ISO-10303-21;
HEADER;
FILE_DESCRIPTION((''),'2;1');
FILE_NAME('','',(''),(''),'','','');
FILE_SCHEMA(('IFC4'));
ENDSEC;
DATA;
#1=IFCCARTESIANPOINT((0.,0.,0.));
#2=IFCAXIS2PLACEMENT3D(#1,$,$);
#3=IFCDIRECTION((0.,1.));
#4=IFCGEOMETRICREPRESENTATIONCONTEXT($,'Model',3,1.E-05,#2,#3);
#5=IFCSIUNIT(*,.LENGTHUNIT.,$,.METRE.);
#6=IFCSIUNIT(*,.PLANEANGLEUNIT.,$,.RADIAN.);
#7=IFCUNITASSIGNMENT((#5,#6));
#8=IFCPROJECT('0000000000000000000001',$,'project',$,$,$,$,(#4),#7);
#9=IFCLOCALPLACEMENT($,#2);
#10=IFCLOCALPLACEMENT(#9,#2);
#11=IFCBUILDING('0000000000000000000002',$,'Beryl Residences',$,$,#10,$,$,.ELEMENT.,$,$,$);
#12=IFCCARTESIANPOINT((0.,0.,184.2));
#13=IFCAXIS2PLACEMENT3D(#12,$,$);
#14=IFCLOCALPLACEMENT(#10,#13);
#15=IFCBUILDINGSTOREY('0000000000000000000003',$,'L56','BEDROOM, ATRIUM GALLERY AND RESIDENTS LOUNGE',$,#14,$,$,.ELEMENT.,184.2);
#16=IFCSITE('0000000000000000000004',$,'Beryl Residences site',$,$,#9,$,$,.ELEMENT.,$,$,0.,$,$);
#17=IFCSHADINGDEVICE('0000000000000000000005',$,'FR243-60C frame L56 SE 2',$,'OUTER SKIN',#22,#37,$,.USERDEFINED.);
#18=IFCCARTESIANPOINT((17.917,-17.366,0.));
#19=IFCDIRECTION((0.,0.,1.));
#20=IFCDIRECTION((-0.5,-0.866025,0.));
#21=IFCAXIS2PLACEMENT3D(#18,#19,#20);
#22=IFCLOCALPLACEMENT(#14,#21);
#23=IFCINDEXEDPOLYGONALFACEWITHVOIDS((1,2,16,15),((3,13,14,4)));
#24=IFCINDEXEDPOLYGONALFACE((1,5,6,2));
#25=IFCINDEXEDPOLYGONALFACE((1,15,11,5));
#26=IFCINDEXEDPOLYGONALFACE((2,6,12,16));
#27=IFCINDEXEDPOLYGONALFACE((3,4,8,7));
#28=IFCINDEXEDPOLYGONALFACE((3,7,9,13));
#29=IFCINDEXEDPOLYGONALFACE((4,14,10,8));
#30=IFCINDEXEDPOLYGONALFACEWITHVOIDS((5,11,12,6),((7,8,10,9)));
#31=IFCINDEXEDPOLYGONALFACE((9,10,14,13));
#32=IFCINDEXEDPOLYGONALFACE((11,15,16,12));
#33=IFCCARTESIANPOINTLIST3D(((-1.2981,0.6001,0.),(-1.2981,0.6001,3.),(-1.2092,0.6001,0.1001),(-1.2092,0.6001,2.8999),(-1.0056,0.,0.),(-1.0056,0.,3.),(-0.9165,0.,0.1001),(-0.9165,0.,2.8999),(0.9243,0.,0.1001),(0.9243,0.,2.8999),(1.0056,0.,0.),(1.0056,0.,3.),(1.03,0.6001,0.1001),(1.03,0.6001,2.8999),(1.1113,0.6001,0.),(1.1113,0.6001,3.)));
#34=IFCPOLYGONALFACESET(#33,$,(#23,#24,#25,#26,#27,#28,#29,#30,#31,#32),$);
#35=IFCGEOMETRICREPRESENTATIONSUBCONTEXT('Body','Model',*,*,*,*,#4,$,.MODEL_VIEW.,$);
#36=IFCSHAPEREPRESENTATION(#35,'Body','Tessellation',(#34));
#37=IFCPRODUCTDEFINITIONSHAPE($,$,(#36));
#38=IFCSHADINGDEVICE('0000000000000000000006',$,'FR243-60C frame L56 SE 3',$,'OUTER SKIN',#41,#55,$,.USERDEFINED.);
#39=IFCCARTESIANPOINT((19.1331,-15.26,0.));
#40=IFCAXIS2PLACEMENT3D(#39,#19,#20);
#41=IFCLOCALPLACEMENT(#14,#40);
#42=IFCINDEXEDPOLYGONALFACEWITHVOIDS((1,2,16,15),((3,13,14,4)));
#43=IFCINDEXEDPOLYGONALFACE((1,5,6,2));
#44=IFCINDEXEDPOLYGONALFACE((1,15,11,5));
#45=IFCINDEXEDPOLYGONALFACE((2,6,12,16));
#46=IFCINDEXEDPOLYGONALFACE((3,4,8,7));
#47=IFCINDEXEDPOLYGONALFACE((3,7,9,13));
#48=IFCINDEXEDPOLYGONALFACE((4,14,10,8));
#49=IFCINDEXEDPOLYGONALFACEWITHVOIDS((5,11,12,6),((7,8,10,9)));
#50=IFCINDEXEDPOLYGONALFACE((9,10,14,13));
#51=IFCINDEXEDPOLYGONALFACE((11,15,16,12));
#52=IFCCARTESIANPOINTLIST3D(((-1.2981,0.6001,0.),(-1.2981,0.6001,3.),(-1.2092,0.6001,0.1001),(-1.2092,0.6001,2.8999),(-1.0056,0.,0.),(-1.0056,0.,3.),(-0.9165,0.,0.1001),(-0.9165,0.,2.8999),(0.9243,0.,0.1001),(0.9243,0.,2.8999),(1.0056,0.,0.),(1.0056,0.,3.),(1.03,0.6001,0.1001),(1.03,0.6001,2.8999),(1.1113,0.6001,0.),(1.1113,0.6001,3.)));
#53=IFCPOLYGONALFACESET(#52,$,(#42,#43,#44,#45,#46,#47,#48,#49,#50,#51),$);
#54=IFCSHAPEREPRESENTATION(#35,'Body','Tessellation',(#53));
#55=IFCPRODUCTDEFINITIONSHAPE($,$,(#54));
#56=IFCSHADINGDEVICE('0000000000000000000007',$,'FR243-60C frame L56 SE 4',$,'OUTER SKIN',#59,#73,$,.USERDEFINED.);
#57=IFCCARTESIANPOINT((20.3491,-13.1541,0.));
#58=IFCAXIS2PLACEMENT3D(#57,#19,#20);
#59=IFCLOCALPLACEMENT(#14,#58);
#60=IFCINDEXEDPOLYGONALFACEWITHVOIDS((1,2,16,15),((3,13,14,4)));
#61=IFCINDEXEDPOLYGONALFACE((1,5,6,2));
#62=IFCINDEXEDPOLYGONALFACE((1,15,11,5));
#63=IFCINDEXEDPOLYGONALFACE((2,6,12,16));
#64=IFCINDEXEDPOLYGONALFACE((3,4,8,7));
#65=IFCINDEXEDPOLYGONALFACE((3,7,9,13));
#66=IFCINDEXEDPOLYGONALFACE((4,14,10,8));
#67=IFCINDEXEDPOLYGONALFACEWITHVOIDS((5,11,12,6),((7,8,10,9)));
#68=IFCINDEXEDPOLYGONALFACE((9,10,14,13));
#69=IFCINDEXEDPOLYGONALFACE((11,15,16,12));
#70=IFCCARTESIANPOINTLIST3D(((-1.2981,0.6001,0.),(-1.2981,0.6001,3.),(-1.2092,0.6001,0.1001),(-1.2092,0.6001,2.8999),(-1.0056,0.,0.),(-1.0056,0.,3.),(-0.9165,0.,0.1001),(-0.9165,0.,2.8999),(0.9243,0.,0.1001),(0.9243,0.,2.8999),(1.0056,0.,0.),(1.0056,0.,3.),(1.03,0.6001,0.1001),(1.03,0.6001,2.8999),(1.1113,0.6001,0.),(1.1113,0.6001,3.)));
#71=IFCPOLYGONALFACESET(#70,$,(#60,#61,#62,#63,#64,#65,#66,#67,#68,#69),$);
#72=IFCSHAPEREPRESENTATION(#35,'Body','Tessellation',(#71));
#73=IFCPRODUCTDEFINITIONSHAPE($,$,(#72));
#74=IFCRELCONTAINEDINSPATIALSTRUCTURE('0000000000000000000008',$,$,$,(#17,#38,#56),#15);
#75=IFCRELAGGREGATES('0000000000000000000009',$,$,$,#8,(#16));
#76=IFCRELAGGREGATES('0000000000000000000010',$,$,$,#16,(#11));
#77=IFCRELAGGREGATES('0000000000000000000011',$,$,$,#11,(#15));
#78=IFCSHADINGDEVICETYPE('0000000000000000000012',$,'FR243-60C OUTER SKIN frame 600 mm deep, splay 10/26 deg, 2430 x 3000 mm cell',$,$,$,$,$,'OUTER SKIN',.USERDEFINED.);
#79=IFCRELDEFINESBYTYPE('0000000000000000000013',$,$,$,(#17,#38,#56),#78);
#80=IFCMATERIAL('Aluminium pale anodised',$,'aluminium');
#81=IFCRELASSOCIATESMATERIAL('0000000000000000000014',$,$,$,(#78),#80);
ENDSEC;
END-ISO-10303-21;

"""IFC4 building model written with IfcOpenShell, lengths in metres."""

from ifc_helpers import new_model, entity, si_unit, direction, frame, origin, place, context, subcontext, project, spatial, source, transform, mapped, material, type_object, type_shapes, element, save


model = new_model("IFC4")

# Units and contexts
model_context = context("Model", 3, precision=1e-05, world=origin(), true_north=direction((0.0, 1.0)))
body_context = subcontext(model_context, "Body", "Model", "MODEL_VIEW")
ifc_project = project(units=[si_unit("LENGTHUNIT", "METRE"), si_unit("PLANEANGLEUNIT", "RADIAN")], contexts=[model_context])

# Site, building, storey
site_placement = place(None, origin())
site = spatial("IfcSite", under=ifc_project, at=site_placement, Name="Beryl Residences site", CompositionType="ELEMENT", RefElevation=0.0)
building_placement = place(site_placement, origin())
building = spatial("IfcBuilding", under=site, at=building_placement, Name="Beryl Residences", CompositionType="ELEMENT")
storey_placement = place(building_placement, frame((0.0, 0.0, 184.2)))
storey = spatial("IfcBuildingStorey", under=building, at=storey_placement, Name="L56", Description="BEDROOM, ATRIUM GALLERY AND RESIDENTS LOUNGE", CompositionType="ELEMENT", Elevation=184.2)

# Shading devices
ifc_material_1 = material(Name="Aluminium pale anodised", Category="aluminium")
shading_device_type = type_object("IfcShadingDeviceType", Name="FR243-60C OUTER SKIN frame 600 mm deep, splay 10/26 deg, 2430 x 3000 mm cell", ElementType="OUTER SKIN", PredefinedType="USERDEFINED", material=ifc_material_1)
cartesian_point_1 = entity("IfcCartesianPoint", [-1.0056, 0.0])
cartesian_point_2 = entity("IfcCartesianPoint", [-0.9243, 0.1001])
cartesian_point_3 = entity("IfcCartesianPoint", [-1.1113, 0.0])
cartesian_point_4 = entity("IfcCartesianPoint", [-1.03, 0.1001])
shared_shape = source(origin(), body_context, "Body", "SweptSolid", [
    entity("IfcExtrudedAreaSolidTapered", entity("IfcArbitraryProfileDefWithVoids", "AREA", None, entity("IfcPolyline", [cartesian_point_1, entity("IfcCartesianPoint", [1.0056, 0.0]), entity("IfcCartesianPoint", [1.0056, 3.0]), entity("IfcCartesianPoint", [-1.0056, 3.0]), cartesian_point_1]), [entity("IfcPolyline", [cartesian_point_2, entity("IfcCartesianPoint", [0.9165, 0.1001]), entity("IfcCartesianPoint", [0.9165, 2.8999]), entity("IfcCartesianPoint", [-0.9243, 2.8999]), cartesian_point_2])]), entity("IfcAxis2Placement3D", entity("IfcCartesianPoint", [0.0, 0.0, 0.0]), entity("IfcDirection", [0.0, 1.0, 0.0]), entity("IfcDirection", [-1.0, 0.0, 0.0])), entity("IfcDirection", [0.0, 0.0, 1.0]), 0.6001, entity("IfcArbitraryProfileDefWithVoids", "AREA", None, entity("IfcPolyline", [cartesian_point_3, entity("IfcCartesianPoint", [1.2981, 0.0]), entity("IfcCartesianPoint", [1.2981, 3.0]), entity("IfcCartesianPoint", [-1.1113, 3.0]), cartesian_point_3]), [entity("IfcPolyline", [cartesian_point_4, entity("IfcCartesianPoint", [1.2092, 0.1001]), entity("IfcCartesianPoint", [1.2092, 2.8999]), entity("IfcCartesianPoint", [-1.03, 2.8999]), cartesian_point_4])])),
])
type_shapes(shading_device_type, [shared_shape])
for number, where, z_axis, x_axis, name in (
    (1, (17.917, -17.366, 0.0), (0.0, 0.0, 1.0), (-0.5, -0.866025, 0.0), "FR243-60C frame L56 SE 2"),
    (2, (19.1331, -15.26, 0.0), (0.0, 0.0, 1.0), (-0.5, -0.866025, 0.0), "FR243-60C frame L56 SE 3"),
    (3, (20.3491, -13.1541, 0.0), (0.0, 0.0, 1.0), (-0.5, -0.866025, 0.0), "FR243-60C frame L56 SE 4"),
):
    element("IfcShadingDevice", number, at=place(storey_placement, frame(where, z_axis=z_axis, x_axis=x_axis)), inside=storey, type_object=shading_device_type, Name=name, ObjectType="OUTER SKIN", PredefinedType="USERDEFINED", context=body_context, shape_type="MappedRepresentation", body=[
        mapped(shared_shape, transform((0.0, 0.0, 0.0))),
    ])

save(model, "model.ifc")
